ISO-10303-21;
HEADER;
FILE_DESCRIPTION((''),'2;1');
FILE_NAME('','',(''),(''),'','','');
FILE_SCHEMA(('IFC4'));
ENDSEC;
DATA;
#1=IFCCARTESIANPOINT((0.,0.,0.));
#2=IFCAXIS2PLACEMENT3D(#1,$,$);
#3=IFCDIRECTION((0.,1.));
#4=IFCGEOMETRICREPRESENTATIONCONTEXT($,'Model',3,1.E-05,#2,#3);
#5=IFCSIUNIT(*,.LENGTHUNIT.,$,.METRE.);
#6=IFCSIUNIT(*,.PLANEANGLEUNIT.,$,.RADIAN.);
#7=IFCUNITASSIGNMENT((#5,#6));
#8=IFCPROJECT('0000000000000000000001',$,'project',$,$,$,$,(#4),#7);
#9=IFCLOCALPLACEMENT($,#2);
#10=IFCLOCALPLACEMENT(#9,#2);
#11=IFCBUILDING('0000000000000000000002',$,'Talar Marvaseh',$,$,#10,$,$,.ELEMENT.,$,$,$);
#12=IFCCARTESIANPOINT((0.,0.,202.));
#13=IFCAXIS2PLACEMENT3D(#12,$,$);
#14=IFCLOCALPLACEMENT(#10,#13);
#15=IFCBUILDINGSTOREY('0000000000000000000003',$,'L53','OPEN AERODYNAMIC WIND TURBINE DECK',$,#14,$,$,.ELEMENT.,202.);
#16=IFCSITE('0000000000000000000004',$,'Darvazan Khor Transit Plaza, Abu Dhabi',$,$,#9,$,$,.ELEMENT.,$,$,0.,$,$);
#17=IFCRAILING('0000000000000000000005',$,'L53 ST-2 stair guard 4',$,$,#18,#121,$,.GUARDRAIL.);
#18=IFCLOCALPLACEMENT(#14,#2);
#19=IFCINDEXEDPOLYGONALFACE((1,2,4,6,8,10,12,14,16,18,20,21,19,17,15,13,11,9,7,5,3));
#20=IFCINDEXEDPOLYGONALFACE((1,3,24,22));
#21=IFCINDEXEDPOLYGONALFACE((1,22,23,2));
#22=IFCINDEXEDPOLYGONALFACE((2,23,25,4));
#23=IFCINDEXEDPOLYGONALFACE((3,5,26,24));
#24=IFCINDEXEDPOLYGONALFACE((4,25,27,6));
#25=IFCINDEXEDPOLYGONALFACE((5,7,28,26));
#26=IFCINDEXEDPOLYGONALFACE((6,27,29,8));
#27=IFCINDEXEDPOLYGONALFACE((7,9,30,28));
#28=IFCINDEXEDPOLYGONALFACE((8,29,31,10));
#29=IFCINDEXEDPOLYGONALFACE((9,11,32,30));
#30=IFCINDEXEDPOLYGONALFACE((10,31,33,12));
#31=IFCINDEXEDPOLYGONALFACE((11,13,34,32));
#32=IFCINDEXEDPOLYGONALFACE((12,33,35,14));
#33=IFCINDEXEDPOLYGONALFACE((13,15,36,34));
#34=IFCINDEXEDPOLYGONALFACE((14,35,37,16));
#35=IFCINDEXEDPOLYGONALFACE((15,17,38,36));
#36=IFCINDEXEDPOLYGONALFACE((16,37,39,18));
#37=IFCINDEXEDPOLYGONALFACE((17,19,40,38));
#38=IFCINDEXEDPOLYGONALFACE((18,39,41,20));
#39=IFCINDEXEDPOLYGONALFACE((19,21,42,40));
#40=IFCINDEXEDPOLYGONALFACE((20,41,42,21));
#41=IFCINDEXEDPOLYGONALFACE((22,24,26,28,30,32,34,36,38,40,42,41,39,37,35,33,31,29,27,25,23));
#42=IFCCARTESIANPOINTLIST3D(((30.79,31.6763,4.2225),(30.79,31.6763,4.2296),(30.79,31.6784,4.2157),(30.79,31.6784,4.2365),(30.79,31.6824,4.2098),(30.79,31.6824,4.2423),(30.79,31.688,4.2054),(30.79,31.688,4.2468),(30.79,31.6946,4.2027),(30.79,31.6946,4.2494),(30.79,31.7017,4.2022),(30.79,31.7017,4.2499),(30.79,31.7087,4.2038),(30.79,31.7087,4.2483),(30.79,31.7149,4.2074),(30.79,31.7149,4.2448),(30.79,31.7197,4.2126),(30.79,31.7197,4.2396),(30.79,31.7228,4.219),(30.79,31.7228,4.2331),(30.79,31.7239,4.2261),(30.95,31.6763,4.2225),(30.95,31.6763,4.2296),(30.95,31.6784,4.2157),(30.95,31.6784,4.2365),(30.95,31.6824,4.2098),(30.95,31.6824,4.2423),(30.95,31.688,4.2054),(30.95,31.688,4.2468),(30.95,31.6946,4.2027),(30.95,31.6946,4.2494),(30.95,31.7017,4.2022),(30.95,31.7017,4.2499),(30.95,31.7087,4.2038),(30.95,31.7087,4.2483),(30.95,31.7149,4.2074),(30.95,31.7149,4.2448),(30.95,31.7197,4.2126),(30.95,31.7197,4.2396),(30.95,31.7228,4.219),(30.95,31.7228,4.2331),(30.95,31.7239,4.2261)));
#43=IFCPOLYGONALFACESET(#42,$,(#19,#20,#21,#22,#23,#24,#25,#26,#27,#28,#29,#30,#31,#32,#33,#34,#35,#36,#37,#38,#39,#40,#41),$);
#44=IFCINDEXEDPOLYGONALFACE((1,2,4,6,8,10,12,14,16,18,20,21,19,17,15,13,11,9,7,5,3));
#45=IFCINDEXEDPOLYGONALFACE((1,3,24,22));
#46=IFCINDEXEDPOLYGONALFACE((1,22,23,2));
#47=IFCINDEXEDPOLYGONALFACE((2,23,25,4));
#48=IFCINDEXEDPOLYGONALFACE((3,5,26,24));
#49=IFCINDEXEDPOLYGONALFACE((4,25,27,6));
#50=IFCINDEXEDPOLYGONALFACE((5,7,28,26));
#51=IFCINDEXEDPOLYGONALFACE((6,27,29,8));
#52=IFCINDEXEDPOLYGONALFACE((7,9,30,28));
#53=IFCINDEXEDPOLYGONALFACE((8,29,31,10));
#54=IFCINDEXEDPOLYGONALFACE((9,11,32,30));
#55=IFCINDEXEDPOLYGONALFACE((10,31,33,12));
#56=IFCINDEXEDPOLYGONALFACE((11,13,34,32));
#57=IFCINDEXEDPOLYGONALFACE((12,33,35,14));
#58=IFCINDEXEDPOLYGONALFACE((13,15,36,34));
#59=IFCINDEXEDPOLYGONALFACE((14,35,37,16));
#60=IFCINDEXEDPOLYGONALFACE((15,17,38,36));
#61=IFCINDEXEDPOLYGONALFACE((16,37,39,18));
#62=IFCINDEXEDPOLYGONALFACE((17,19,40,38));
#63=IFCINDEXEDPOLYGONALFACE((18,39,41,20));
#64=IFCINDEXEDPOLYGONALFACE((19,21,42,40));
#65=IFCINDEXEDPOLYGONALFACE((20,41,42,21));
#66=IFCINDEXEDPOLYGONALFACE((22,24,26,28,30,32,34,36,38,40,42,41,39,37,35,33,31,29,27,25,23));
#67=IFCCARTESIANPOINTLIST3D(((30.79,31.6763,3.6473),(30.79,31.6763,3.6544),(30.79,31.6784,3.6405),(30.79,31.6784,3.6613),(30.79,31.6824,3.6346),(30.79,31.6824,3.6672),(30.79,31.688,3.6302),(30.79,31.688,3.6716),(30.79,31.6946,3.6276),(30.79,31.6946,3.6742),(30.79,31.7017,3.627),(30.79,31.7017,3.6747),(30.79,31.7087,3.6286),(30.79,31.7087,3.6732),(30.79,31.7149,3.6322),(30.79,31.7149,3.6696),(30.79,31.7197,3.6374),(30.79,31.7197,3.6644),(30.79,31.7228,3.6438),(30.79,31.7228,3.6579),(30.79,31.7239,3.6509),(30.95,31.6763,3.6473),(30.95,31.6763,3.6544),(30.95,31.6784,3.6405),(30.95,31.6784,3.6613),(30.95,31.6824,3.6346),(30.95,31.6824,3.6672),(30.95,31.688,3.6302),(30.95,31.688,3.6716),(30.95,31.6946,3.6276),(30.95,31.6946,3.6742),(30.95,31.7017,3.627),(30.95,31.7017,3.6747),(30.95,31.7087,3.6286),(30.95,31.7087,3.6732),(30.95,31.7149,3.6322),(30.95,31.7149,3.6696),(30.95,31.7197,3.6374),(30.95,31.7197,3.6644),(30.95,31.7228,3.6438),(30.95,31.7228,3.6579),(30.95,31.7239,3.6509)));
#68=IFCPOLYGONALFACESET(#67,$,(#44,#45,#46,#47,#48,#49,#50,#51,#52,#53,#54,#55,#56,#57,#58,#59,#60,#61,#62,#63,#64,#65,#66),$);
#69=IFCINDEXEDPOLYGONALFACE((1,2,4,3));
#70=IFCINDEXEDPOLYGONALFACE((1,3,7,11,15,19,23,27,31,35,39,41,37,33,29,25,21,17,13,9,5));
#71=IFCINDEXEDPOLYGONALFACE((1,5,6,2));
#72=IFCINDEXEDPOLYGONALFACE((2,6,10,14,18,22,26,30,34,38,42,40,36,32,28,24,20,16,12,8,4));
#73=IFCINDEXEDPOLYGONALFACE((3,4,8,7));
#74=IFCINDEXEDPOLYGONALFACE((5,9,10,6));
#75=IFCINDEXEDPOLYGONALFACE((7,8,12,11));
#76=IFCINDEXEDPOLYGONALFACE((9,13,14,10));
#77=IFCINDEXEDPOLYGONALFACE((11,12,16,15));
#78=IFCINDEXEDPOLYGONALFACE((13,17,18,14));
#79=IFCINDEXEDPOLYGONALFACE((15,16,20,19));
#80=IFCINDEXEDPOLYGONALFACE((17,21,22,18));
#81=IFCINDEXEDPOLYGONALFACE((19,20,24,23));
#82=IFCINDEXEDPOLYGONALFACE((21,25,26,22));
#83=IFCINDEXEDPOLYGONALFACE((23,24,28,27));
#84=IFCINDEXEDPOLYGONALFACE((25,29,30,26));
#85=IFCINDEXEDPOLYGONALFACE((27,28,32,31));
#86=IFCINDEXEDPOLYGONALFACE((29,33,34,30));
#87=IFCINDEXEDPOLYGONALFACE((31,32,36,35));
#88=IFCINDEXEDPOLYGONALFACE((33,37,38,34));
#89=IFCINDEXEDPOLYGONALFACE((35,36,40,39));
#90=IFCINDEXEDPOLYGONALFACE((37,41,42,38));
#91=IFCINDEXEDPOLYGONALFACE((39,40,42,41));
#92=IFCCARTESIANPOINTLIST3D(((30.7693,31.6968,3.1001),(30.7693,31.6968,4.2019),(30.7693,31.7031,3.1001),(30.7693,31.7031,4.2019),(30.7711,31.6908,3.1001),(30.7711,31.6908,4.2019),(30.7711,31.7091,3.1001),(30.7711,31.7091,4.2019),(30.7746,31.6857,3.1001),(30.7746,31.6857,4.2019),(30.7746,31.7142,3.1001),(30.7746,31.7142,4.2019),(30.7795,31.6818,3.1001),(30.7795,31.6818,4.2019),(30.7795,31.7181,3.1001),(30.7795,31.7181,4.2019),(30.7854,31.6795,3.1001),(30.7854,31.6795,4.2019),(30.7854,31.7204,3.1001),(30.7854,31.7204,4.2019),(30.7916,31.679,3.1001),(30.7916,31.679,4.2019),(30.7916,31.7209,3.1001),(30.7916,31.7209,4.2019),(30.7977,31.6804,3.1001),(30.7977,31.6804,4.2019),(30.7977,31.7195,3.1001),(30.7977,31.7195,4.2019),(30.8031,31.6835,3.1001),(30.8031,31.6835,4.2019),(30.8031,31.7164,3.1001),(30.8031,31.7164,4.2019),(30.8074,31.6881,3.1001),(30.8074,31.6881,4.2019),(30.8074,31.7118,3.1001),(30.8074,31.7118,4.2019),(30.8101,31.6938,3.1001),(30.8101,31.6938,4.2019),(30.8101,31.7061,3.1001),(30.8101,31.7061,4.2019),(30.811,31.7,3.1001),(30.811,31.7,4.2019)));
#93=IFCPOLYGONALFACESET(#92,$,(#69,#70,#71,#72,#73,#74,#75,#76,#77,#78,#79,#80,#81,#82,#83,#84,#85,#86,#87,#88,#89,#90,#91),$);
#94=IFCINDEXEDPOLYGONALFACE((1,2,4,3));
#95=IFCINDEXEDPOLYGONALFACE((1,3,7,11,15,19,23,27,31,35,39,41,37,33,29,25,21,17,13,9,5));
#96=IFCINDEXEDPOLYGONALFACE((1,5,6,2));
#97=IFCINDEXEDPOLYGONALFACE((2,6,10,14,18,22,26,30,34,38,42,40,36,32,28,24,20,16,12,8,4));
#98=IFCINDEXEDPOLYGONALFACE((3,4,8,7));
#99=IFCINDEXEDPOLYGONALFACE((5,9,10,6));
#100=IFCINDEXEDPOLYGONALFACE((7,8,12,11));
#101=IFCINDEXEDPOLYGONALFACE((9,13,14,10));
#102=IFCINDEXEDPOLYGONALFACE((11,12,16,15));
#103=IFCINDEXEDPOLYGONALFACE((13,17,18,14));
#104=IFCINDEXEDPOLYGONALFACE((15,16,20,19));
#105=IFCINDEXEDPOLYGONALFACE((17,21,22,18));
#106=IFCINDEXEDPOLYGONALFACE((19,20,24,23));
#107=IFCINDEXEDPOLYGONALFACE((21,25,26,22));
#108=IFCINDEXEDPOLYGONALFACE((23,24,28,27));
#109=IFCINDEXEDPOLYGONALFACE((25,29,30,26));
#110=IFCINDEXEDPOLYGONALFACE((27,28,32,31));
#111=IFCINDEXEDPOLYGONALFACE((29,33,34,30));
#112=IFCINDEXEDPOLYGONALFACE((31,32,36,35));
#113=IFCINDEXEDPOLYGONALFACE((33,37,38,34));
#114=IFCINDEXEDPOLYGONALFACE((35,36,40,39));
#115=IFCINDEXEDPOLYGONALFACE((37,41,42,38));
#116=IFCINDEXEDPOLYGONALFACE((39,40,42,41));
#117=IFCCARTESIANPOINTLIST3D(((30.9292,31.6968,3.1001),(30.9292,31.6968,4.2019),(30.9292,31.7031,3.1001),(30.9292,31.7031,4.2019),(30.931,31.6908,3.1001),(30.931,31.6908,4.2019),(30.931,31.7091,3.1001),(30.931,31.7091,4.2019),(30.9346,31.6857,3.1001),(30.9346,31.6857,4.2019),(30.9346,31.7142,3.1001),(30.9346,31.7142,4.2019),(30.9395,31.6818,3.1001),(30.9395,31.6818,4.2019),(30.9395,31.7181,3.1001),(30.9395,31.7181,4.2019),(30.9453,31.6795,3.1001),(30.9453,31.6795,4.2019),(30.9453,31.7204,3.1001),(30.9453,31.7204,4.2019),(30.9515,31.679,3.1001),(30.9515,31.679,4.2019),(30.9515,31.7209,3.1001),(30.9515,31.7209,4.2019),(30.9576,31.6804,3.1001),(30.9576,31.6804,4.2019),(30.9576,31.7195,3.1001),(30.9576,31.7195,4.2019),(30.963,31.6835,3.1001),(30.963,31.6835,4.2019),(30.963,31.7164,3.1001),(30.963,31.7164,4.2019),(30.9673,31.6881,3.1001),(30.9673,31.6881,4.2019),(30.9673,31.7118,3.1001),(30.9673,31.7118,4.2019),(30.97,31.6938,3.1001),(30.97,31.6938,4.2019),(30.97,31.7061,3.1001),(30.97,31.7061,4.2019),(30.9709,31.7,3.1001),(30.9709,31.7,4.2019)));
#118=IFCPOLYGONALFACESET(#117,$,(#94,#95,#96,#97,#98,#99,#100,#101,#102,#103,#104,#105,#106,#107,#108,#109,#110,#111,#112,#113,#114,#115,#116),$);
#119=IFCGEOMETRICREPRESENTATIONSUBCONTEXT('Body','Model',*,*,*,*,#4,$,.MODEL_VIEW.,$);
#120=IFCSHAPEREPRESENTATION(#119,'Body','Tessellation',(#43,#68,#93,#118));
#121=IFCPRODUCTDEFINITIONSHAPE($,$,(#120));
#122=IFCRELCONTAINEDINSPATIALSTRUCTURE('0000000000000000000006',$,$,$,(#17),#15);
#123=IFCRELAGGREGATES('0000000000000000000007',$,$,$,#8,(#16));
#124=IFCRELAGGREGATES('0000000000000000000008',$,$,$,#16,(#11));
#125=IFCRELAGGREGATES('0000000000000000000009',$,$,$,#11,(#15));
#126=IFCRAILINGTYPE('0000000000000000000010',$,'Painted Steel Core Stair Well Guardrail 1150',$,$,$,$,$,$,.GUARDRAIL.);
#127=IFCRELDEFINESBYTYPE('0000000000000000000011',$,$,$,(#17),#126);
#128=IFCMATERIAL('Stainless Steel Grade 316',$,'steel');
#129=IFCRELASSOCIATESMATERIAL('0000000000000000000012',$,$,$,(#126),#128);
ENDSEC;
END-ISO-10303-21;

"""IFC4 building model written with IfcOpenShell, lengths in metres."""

from ifc_helpers import new_model, si_unit, direction, frame, origin, origin_2d, place, context, subcontext, project, spatial, circle, extrude, material, type_object, element, save


model = new_model("IFC4")

# Units and contexts
model_context = context("Model", 3, precision=1e-05, world=origin(), true_north=direction((0.0, 1.0)))
body_context = subcontext(model_context, "Body", "Model", "MODEL_VIEW")
ifc_project = project(units=[si_unit("LENGTHUNIT", "METRE"), si_unit("PLANEANGLEUNIT", "RADIAN")], contexts=[model_context])

# Site, building, storey
site_placement = place(None, origin())
site = spatial("IfcSite", under=ifc_project, at=site_placement, Name="Darvazan Khor Transit Plaza, Abu Dhabi", CompositionType="ELEMENT", RefElevation=0.0)
building_placement = place(site_placement, origin())
building = spatial("IfcBuilding", under=site, at=building_placement, Name="Talar Marvaseh", CompositionType="ELEMENT")
storey_placement = place(building_placement, frame((0.0, 0.0, 202.0)))
storey = spatial("IfcBuildingStorey", under=building, at=storey_placement, Name="L53", Description="OPEN AERODYNAMIC WIND TURBINE DECK", CompositionType="ELEMENT", Elevation=202.0)

# Railing
ifc_material_1 = material(Name="Stainless Steel Grade 316", Category="steel")
railing_type_1 = type_object("IfcRailingType", Name="Painted Steel Core Stair Well Guardrail 1150", PredefinedType="GUARDRAIL", material=ifc_material_1)
railing_1_placement = place(storey_placement, frame((30.79, 31.7, 3.1001)))
element("IfcRailing", 1, at=railing_1_placement, inside=storey, type_object=railing_type_1, Name="L53 ST-2 stair guard 4", PredefinedType="GUARDRAIL", context=body_context, shape_type="SweptSolid", body=[
    extrude(circle(Radius=0.0239, at=origin_2d()), frame((0.0, 0.0, 1.126), z_axis=(1.0, 0.0, 0.0), x_axis=(0.0, 1.0, 0.0)), (0.0, 0.0, 1.0), 0.1599),
    extrude(circle(Radius=0.0239, at=origin_2d()), frame((0.0, 0.0, 0.5508), z_axis=(1.0, 0.0, 0.0), x_axis=(0.0, 1.0, 0.0)), (0.0, 0.0, 1.0), 0.1599),
    extrude(circle(Radius=0.021, at=origin_2d()), origin(), (0.0, 0.0, 1.0), 1.1018),
    extrude(circle(Radius=0.021, at=origin_2d()), frame((0.1599, 0.0, 0.0)), (0.0, 0.0, 1.0), 1.1018),
])

save(model, "model.ifc")
